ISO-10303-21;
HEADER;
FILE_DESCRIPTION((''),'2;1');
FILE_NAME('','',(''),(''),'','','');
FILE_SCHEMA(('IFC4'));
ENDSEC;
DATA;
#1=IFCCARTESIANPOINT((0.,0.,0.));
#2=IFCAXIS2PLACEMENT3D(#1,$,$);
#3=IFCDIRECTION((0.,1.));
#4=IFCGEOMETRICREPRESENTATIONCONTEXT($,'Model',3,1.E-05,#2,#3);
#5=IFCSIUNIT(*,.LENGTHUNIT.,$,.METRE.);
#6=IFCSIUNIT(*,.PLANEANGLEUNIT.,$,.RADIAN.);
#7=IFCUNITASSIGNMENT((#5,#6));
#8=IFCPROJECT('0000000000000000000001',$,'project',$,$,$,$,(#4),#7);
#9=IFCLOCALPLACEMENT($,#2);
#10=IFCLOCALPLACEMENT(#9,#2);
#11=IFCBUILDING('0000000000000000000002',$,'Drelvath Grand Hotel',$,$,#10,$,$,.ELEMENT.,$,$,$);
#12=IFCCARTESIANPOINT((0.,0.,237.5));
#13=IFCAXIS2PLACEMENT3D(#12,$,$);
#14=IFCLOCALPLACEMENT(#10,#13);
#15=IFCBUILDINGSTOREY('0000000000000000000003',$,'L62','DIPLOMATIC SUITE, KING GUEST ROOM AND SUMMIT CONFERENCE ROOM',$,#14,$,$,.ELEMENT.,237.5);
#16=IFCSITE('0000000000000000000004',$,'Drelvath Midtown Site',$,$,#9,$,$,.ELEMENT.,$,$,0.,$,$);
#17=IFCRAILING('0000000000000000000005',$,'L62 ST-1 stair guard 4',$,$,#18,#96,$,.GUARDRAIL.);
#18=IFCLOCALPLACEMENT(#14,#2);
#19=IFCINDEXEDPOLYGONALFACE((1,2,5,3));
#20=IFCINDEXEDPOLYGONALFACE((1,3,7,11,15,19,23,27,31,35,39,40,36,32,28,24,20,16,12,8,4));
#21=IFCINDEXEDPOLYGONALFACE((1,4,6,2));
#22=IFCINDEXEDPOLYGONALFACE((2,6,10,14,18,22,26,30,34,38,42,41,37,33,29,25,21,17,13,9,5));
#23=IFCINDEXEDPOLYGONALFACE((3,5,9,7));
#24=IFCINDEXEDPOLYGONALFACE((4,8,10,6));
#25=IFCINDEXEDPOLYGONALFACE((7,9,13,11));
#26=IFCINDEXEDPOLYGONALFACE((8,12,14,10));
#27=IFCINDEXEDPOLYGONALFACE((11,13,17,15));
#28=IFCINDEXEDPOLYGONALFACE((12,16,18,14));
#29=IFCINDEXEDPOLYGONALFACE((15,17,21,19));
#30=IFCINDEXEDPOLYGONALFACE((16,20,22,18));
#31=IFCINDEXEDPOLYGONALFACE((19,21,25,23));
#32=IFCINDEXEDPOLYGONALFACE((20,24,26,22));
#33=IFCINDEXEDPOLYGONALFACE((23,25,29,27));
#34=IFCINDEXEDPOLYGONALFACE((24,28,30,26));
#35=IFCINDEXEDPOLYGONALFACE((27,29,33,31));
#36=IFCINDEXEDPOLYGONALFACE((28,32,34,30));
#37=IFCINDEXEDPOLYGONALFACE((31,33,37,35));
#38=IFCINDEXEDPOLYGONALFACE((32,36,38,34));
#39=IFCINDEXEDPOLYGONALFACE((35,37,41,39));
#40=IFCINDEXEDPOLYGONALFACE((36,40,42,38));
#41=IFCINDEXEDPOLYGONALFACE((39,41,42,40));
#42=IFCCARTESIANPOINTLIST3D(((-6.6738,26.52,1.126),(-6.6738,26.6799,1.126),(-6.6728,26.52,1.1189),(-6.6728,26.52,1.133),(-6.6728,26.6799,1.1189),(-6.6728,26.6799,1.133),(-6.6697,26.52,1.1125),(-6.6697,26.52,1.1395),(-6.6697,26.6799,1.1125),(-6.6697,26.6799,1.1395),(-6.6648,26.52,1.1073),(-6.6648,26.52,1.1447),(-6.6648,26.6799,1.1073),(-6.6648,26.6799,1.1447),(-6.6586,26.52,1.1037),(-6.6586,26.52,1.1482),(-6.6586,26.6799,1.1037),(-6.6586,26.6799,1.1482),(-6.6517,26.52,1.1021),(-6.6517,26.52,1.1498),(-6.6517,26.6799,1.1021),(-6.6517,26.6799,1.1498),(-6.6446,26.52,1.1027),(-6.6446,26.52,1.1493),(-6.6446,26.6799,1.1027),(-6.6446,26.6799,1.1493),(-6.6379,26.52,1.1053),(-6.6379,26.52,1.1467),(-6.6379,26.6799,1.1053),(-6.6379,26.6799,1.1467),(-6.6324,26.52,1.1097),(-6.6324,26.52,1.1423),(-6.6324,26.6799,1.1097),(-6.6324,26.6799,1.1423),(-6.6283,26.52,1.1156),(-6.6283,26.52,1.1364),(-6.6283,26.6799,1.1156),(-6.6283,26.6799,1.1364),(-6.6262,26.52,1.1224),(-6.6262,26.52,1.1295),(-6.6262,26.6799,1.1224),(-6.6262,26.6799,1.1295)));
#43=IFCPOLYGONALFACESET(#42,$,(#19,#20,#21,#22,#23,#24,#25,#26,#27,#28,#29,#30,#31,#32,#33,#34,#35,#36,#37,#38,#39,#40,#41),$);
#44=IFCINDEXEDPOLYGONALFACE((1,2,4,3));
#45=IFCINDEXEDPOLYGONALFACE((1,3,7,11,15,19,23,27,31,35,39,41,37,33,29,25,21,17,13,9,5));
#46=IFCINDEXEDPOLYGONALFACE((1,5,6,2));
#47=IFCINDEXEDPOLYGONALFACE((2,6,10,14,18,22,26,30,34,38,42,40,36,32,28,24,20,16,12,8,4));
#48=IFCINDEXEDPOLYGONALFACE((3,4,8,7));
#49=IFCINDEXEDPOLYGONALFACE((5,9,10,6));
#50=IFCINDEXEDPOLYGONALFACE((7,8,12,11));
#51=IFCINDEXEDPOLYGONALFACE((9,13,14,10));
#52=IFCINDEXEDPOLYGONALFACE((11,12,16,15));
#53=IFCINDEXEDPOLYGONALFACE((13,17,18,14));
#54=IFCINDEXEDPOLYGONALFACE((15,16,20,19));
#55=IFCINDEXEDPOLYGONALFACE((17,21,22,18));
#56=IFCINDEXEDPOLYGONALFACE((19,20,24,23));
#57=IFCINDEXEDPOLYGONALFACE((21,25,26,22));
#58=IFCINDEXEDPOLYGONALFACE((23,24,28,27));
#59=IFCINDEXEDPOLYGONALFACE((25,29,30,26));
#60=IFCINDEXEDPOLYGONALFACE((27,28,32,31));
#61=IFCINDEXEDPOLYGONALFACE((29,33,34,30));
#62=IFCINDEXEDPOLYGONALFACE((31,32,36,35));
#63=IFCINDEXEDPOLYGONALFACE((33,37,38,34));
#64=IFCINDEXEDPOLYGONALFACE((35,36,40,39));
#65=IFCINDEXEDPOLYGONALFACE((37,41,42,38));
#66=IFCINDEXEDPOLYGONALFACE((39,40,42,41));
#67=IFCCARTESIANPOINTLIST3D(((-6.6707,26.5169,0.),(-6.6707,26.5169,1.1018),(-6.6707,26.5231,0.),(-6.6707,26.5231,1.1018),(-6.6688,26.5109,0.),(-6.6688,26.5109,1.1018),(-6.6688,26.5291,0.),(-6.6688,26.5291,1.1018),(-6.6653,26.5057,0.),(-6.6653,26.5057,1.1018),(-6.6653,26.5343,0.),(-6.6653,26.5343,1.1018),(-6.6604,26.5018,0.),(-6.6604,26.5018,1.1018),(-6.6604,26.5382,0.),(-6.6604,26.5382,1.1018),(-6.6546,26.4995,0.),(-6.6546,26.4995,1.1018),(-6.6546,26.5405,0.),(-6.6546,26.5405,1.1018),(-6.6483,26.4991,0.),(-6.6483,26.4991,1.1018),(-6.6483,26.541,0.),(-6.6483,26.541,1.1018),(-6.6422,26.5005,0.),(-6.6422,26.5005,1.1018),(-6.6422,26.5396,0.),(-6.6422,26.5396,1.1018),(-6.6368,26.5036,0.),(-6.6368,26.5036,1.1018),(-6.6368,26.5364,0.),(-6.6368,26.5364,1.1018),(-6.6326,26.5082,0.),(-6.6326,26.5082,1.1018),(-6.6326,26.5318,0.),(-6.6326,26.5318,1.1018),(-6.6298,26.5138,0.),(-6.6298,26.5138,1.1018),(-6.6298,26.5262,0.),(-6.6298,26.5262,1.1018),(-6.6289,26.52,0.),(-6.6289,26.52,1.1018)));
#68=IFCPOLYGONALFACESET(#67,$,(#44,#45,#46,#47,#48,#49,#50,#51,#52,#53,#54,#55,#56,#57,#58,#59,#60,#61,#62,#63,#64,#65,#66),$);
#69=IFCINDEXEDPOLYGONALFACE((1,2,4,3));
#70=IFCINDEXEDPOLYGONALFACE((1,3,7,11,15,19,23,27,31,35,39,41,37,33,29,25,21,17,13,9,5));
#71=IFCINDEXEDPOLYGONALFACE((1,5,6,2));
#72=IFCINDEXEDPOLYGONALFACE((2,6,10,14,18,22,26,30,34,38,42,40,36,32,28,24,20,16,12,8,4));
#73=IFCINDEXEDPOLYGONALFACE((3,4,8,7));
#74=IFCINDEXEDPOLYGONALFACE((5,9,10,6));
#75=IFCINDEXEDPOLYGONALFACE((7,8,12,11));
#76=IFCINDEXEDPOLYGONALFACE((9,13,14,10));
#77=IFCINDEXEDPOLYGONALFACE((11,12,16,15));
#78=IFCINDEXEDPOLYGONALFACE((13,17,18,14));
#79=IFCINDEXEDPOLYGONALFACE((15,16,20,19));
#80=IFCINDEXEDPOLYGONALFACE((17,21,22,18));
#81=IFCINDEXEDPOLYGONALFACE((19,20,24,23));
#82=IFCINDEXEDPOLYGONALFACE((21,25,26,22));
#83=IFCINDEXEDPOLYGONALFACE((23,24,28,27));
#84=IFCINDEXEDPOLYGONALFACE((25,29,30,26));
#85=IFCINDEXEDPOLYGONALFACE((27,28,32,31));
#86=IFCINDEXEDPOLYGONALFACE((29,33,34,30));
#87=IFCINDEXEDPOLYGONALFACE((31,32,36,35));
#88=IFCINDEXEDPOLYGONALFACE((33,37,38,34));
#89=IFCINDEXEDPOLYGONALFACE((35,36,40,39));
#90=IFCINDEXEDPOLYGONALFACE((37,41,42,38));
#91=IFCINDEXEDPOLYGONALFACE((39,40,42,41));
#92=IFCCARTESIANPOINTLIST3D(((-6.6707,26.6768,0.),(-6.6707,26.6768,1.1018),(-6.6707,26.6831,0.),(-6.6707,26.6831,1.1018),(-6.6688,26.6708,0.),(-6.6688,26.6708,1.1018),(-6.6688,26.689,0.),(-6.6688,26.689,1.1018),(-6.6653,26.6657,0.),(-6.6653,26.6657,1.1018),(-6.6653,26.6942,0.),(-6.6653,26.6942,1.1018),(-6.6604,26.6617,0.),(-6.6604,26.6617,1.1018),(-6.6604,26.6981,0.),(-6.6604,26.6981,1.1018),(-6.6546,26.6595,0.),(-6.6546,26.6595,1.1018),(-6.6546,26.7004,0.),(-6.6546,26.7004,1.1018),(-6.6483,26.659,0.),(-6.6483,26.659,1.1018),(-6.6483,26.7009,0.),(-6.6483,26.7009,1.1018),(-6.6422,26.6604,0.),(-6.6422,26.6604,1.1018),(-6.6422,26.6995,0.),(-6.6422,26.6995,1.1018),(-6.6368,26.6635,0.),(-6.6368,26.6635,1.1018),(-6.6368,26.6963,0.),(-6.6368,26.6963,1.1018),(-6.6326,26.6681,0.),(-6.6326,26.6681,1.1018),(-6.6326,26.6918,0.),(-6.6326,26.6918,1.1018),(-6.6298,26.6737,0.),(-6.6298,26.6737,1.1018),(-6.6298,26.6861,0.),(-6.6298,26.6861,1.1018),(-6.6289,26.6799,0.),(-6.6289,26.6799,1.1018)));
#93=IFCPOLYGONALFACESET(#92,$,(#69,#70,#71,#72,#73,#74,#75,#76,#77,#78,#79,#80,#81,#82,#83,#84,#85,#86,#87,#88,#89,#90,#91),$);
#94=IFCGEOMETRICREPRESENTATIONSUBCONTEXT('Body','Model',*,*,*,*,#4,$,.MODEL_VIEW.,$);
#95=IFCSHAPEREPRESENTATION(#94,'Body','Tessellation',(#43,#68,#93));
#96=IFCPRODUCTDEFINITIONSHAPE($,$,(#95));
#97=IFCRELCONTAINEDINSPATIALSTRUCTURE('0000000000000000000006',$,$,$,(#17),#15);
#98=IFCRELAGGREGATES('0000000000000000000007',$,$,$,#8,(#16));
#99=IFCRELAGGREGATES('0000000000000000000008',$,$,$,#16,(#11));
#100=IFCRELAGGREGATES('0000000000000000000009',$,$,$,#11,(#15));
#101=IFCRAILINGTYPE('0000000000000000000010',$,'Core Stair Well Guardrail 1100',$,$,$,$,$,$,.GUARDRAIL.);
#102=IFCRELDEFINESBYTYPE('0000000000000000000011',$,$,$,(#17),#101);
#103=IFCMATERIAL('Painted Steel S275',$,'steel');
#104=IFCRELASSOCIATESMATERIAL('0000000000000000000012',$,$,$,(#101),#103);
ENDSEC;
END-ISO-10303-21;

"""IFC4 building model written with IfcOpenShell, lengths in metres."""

from ifc_helpers import new_model, si_unit, direction, frame, origin, origin_2d, place, context, subcontext, project, spatial, circle, extrude, material, type_object, element, save


model = new_model("IFC4")

# Units and contexts
model_context = context("Model", 3, precision=1e-05, world=origin(), true_north=direction((0.0, 1.0)))
body_context = subcontext(model_context, "Body", "Model", "MODEL_VIEW")
ifc_project = project(units=[si_unit("LENGTHUNIT", "METRE"), si_unit("PLANEANGLEUNIT", "RADIAN")], contexts=[model_context])

# Site, building, storey
site_placement = place(None, origin())
site = spatial("IfcSite", under=ifc_project, at=site_placement, Name="Drelvath Midtown Site", CompositionType="ELEMENT", RefElevation=0.0)
building_placement = place(site_placement, origin())
building = spatial("IfcBuilding", under=site, at=building_placement, Name="Drelvath Grand Hotel", CompositionType="ELEMENT")
storey_placement = place(building_placement, frame((0.0, 0.0, 237.5)))
storey = spatial("IfcBuildingStorey", under=building, at=storey_placement, Name="L62", Description="DIPLOMATIC SUITE, KING GUEST ROOM AND SUMMIT CONFERENCE ROOM", CompositionType="ELEMENT", Elevation=237.5)

# Shared definitions
ifc_material_1 = material(Name="Painted Steel S275", Category="steel")

# Railing
railing_type_1 = type_object("IfcRailingType", Name="Core Stair Well Guardrail 1100", PredefinedType="GUARDRAIL", material=ifc_material_1)
railing_1_placement = place(storey_placement, frame((-6.6499, 26.52, 0.0)))
element("IfcRailing", 1, at=railing_1_placement, inside=storey, type_object=railing_type_1, Name="L62 ST-1 stair guard 4", PredefinedType="GUARDRAIL", context=body_context, shape_type="SweptSolid", body=[
    extrude(circle(Radius=0.0239, at=origin_2d()), frame((0.0, 0.0, 1.126), z_axis=(0.0, 1.0, 0.0), x_axis=(-1.0, 0.0, 0.0)), (0.0, 0.0, 1.0), 0.1599),
    extrude(circle(Radius=0.021, at=origin_2d()), origin(), (0.0, 0.0, 1.0), 1.1018),
    extrude(circle(Radius=0.021, at=origin_2d()), frame((0.0, 0.1599, 0.0)), (0.0, 0.0, 1.0), 1.1018),
])

save(model, "model.ifc")
